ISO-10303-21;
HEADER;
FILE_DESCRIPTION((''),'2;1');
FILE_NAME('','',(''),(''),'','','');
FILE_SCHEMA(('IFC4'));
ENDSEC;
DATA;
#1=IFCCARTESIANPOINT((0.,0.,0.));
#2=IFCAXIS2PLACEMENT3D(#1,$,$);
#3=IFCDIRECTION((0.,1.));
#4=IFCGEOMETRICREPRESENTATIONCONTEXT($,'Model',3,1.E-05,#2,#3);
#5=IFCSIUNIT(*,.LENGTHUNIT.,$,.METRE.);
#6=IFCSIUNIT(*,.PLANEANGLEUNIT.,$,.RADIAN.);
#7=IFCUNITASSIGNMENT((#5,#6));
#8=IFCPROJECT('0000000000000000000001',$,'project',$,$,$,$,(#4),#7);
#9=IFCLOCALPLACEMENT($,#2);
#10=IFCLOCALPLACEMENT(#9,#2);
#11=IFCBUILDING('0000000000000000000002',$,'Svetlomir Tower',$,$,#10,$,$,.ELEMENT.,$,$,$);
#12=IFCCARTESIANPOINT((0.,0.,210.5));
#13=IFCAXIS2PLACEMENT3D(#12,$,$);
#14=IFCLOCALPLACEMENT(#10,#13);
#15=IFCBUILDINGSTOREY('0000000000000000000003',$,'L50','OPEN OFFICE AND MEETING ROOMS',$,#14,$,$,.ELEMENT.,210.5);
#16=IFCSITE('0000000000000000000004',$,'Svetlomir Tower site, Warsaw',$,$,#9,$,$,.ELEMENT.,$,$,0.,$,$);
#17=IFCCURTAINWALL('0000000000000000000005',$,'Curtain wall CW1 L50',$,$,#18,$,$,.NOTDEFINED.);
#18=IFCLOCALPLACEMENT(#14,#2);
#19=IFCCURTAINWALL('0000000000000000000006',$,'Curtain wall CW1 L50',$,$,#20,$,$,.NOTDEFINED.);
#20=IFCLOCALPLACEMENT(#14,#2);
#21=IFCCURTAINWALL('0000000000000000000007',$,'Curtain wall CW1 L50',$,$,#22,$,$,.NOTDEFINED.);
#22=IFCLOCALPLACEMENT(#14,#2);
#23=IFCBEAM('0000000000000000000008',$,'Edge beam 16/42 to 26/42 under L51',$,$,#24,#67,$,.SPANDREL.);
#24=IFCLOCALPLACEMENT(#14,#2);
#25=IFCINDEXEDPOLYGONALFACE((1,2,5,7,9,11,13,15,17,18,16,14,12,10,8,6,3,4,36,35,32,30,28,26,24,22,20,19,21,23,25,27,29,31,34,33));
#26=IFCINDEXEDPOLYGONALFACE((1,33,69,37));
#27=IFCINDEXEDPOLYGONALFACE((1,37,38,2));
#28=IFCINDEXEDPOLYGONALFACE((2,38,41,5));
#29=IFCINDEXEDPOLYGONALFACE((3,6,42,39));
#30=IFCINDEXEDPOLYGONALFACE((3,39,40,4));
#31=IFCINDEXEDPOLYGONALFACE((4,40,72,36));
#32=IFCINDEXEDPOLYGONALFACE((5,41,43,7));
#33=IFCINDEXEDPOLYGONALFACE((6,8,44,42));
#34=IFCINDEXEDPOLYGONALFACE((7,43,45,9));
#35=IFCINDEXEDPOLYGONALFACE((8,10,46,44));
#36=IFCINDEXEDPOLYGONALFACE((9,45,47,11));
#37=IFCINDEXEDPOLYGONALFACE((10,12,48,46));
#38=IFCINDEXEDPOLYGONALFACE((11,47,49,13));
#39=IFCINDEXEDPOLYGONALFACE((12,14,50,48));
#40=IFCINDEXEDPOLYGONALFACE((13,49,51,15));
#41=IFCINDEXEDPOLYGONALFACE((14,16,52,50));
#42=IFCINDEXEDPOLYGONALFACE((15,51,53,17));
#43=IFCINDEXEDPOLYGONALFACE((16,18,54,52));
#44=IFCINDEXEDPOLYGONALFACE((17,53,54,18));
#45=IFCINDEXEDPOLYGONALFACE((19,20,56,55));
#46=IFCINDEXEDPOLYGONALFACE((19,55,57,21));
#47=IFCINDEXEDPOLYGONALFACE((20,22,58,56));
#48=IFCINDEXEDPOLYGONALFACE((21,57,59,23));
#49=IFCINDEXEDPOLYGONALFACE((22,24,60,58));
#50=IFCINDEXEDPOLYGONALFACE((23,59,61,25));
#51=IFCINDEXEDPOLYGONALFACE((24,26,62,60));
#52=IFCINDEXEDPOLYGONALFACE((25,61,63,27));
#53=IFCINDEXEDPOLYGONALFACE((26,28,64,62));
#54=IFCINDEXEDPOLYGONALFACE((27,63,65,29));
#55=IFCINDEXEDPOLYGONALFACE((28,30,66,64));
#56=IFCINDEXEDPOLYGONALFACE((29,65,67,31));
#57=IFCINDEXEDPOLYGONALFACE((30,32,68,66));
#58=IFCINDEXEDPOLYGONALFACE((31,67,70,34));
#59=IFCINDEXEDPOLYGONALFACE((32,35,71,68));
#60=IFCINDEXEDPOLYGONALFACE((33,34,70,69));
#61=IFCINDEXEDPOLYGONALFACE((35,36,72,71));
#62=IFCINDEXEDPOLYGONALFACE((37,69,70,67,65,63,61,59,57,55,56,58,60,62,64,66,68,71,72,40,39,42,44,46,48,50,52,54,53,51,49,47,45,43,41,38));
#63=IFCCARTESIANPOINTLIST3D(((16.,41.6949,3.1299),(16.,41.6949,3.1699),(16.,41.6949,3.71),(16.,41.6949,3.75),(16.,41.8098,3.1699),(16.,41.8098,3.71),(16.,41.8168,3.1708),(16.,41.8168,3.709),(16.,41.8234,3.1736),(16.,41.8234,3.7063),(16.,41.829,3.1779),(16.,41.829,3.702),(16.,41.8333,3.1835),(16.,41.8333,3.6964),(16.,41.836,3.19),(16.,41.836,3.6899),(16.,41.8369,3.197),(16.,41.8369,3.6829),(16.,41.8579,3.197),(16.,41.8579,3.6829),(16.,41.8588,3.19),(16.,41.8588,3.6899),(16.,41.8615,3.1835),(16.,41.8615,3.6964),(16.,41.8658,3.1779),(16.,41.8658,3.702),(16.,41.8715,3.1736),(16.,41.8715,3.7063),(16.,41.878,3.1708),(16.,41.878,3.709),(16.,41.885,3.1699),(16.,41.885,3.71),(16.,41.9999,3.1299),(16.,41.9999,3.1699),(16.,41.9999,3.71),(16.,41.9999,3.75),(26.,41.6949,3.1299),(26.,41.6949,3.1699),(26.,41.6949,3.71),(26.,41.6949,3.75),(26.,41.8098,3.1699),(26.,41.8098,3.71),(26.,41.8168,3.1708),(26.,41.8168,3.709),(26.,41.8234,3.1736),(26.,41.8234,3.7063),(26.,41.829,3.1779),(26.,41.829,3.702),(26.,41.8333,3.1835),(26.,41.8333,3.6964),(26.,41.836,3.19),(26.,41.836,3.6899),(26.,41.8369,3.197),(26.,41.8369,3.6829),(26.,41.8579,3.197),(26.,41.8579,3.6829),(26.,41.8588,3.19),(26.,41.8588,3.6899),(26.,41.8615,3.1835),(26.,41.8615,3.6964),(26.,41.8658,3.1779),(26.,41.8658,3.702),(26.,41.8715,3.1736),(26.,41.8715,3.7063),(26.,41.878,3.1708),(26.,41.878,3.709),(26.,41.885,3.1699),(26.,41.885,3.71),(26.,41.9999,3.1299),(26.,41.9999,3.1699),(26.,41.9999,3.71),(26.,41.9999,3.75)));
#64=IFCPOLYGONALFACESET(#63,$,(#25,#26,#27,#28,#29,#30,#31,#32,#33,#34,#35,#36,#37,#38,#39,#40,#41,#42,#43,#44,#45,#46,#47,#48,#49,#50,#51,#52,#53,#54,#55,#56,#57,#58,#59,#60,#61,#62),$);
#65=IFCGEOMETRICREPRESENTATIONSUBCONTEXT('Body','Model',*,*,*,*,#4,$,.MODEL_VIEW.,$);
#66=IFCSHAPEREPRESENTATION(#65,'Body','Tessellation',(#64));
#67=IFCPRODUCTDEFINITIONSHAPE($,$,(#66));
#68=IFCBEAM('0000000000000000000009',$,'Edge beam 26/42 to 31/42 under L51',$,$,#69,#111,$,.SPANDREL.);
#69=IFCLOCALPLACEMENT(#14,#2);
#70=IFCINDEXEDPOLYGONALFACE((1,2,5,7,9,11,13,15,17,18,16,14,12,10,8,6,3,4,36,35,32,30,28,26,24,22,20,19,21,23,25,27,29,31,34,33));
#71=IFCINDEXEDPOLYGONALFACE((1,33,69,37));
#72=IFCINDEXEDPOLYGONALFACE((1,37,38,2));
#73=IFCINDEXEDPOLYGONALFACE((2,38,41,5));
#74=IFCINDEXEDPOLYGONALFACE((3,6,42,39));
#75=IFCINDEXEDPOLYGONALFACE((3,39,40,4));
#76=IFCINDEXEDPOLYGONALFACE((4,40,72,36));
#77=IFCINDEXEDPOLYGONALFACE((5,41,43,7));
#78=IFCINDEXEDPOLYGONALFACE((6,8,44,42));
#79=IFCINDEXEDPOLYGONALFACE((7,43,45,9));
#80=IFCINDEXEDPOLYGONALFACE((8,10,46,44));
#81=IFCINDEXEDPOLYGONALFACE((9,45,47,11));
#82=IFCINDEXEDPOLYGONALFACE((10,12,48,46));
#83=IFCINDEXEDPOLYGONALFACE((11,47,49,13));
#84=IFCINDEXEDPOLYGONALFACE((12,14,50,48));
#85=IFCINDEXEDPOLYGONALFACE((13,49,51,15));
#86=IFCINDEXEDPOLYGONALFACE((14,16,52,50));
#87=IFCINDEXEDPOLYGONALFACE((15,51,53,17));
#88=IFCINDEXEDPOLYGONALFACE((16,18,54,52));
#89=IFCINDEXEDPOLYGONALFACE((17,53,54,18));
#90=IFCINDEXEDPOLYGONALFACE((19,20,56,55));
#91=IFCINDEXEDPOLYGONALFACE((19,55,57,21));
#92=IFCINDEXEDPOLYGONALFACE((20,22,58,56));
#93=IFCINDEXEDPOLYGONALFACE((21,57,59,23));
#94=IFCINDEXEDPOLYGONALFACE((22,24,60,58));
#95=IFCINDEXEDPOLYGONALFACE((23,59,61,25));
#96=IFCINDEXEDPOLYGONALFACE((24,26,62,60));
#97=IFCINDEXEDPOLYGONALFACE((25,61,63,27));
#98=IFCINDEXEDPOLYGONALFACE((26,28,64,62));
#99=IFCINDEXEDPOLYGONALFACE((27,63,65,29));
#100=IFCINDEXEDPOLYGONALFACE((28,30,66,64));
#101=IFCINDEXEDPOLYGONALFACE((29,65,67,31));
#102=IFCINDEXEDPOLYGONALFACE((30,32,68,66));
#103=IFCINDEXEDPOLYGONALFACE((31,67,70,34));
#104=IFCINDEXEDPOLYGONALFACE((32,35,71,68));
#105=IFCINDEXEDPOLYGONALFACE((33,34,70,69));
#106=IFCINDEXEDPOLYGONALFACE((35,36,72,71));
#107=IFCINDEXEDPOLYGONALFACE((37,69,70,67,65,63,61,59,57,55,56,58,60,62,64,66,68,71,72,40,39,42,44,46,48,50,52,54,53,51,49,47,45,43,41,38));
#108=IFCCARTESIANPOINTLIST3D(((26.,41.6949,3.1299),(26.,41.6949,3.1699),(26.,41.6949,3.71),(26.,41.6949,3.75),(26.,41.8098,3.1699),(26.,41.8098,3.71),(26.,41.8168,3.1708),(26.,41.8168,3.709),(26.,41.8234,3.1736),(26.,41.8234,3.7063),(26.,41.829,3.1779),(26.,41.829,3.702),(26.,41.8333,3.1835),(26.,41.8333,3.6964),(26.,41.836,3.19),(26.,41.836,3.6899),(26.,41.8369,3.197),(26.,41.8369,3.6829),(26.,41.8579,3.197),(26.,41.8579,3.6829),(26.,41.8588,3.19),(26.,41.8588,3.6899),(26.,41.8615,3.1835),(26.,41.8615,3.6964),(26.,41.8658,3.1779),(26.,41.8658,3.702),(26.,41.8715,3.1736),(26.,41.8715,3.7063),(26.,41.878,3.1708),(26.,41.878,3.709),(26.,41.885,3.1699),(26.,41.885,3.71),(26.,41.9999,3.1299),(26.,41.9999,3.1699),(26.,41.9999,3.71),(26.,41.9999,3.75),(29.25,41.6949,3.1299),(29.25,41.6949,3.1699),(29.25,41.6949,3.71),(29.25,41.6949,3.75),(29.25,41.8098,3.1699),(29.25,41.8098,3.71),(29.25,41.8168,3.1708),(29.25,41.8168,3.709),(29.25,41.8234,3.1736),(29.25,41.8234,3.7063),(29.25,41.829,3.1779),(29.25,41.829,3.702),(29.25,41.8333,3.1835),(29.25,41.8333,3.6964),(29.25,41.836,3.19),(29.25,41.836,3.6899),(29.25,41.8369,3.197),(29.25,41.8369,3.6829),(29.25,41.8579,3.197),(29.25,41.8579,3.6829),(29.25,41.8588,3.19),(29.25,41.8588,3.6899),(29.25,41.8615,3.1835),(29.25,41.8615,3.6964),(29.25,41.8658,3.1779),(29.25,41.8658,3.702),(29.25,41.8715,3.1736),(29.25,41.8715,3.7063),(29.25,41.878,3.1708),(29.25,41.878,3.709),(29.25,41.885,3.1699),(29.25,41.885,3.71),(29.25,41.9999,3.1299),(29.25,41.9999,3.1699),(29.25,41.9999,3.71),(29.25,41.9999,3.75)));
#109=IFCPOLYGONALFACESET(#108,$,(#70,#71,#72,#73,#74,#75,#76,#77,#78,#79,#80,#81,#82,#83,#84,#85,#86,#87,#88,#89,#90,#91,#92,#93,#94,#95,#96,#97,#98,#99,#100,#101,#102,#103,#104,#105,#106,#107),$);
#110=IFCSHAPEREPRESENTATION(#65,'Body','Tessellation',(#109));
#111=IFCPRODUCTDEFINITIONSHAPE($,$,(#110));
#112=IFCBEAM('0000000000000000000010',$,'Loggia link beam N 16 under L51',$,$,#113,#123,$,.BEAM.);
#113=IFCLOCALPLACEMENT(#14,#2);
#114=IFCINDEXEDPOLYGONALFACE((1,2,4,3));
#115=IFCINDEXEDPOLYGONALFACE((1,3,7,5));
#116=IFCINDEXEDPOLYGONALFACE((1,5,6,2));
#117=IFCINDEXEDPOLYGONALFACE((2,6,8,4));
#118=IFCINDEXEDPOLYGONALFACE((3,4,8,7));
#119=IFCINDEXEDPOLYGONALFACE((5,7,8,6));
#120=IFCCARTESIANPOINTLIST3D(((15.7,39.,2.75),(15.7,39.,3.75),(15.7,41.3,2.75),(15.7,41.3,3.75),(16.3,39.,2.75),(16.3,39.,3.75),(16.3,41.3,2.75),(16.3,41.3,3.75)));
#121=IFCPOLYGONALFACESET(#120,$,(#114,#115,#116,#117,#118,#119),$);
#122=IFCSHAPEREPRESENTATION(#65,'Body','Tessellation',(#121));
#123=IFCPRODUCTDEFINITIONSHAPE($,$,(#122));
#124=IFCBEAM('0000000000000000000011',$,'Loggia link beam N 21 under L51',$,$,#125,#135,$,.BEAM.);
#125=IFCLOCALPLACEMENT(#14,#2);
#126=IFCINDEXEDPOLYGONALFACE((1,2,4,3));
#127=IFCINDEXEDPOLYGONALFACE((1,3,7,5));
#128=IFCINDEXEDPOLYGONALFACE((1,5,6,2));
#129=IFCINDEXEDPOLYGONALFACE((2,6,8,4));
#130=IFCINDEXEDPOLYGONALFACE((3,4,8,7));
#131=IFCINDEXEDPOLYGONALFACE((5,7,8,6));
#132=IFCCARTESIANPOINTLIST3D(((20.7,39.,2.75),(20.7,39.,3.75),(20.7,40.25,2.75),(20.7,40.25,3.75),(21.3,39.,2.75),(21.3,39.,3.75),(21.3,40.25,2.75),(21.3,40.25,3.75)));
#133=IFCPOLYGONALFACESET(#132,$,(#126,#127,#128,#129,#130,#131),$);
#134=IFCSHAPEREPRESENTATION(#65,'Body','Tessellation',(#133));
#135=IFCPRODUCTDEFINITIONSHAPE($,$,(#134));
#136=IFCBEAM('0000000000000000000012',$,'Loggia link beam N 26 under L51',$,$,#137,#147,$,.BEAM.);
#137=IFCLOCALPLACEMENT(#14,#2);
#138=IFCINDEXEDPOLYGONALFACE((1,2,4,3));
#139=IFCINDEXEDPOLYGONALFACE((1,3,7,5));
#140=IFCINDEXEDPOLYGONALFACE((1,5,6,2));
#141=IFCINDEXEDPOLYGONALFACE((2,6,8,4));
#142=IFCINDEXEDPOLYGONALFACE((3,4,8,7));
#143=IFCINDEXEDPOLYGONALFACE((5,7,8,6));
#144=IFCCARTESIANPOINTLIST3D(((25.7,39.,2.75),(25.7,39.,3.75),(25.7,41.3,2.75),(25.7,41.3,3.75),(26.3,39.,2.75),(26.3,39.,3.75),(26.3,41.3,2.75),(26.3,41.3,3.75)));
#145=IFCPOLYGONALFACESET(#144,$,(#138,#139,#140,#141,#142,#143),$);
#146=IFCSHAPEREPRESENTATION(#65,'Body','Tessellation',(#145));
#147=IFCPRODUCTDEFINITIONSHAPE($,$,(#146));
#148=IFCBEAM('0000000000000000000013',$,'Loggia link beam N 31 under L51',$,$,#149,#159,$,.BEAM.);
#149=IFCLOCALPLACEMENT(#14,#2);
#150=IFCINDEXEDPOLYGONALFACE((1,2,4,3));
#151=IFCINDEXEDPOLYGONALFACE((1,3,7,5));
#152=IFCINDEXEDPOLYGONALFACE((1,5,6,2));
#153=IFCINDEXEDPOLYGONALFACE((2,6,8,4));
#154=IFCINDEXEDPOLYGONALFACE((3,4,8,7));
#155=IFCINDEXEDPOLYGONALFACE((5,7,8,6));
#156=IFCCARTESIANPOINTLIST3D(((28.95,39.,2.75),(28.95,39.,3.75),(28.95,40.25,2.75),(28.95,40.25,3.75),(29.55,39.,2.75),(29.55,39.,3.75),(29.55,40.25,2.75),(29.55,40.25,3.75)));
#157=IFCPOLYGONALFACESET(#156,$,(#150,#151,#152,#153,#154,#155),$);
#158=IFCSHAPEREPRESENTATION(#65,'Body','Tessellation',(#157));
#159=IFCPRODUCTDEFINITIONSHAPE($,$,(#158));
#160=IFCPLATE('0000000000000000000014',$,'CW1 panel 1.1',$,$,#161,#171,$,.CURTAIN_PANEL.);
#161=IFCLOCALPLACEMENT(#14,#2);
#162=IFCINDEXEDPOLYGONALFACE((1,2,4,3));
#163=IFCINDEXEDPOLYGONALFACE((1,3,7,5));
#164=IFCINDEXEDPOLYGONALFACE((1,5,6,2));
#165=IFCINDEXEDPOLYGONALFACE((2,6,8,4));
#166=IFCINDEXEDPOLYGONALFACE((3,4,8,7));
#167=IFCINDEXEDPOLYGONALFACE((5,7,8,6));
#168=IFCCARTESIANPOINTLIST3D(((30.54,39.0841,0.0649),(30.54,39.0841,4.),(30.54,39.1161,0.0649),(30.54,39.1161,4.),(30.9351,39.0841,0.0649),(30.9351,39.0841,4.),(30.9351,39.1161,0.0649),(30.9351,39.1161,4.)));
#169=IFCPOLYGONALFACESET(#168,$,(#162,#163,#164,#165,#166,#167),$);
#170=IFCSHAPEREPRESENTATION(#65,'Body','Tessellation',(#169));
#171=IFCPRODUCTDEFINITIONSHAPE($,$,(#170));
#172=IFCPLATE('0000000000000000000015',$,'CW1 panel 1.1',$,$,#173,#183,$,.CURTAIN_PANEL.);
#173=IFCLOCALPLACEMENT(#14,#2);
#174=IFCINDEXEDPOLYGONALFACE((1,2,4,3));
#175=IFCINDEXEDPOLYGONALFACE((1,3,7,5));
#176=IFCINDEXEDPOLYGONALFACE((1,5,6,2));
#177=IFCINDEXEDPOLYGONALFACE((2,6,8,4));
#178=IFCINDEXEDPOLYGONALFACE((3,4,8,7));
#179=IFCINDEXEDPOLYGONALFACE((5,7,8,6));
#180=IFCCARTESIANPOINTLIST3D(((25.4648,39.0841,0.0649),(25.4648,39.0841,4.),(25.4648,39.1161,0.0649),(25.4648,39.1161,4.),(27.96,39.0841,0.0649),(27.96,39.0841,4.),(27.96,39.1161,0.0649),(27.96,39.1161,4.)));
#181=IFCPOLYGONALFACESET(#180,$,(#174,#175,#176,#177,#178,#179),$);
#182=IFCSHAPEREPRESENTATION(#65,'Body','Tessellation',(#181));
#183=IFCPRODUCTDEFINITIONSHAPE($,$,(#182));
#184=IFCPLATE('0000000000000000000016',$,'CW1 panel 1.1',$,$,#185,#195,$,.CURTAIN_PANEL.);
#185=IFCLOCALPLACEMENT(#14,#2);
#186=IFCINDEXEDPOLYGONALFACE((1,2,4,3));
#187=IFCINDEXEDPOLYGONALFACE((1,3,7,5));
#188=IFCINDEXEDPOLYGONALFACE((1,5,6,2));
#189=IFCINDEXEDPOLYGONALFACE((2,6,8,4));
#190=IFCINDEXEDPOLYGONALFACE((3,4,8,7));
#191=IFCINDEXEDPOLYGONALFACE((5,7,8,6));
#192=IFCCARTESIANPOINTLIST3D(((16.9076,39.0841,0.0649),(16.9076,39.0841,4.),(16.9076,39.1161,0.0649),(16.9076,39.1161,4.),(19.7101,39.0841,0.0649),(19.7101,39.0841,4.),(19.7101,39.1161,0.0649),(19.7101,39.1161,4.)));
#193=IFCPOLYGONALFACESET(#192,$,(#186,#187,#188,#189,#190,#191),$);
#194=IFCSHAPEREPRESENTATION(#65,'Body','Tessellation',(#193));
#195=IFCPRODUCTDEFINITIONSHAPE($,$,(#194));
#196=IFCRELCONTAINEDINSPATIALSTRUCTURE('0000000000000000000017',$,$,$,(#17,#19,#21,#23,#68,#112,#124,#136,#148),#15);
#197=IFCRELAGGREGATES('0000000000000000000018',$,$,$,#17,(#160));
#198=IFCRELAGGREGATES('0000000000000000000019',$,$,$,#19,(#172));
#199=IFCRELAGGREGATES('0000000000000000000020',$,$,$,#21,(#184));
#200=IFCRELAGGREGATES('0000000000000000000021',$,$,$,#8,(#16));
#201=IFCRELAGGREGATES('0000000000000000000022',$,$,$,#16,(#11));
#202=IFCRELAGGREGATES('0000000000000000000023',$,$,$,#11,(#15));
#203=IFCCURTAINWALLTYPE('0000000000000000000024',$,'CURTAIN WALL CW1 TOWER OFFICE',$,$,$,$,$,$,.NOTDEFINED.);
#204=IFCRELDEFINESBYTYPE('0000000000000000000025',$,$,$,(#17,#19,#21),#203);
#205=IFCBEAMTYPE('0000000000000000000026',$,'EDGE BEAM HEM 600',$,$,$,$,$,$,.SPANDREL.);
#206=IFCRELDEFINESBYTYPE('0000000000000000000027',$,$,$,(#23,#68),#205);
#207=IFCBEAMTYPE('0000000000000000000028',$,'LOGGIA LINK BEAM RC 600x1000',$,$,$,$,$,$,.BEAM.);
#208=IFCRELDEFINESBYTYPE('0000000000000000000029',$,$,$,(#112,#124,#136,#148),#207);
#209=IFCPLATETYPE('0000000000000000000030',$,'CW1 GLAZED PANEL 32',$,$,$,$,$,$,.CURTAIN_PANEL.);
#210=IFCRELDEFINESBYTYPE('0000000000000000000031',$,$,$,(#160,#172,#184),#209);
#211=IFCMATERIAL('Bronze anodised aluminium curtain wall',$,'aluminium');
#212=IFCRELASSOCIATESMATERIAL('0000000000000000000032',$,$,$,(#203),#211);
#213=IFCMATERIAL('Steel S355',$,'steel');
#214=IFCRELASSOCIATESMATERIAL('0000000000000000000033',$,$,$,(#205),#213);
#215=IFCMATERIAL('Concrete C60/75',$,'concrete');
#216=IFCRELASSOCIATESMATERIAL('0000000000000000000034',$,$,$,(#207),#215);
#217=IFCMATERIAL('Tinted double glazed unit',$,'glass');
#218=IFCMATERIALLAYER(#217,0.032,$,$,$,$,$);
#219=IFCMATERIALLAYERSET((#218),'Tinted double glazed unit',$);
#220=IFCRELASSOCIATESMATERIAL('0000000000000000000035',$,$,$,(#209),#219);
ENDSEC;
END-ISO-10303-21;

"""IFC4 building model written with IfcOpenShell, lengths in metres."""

from ifc_helpers import new_model, si_unit, direction, frame, origin, origin_2d, place, context, subcontext, project, spatial, rectangle, i_section, extrude, material, layer, layer_set, material_profile, profile_set, type_object, element, aggregate, save


model = new_model("IFC4")

# Units and contexts
model_context = context("Model", 3, precision=1e-05, world=origin(), true_north=direction((0.0, 1.0)))
body_context = subcontext(model_context, "Body", "Model", "MODEL_VIEW")
ifc_project = project(units=[si_unit("LENGTHUNIT", "METRE"), si_unit("PLANEANGLEUNIT", "RADIAN")], contexts=[model_context])

# Site, building, storey
site_placement = place(None, origin())
site = spatial("IfcSite", under=ifc_project, at=site_placement, Name="Svetlomir Tower site, Warsaw", CompositionType="ELEMENT", RefElevation=0.0)
building_placement = place(site_placement, origin())
building = spatial("IfcBuilding", under=site, at=building_placement, Name="Svetlomir Tower", CompositionType="ELEMENT")
storey_placement = place(building_placement, frame((0.0, 0.0, 210.5)))
storey = spatial("IfcBuildingStorey", under=building, at=storey_placement, Name="L50", Description="OPEN OFFICE AND MEETING ROOMS", CompositionType="ELEMENT", Elevation=210.5)

# Curtain wall
ifc_material_1 = material(Name="Bronze anodised aluminium curtain wall", Category="aluminium")
curtain_wall_type = type_object("IfcCurtainWallType", Name="CURTAIN WALL CW1 TOWER OFFICE", PredefinedType="NOTDEFINED", material=ifc_material_1)
curtain_wall_1_placement = place(storey_placement, origin())
curtain_wall_1 = element("IfcCurtainWall", 1, at=curtain_wall_1_placement, inside=storey, type_object=curtain_wall_type, Name="Curtain wall CW1 L50", PredefinedType="NOTDEFINED")

# Curtain walls
curtain_wall_2_placement = place(storey_placement, origin())
curtain_wall_2 = element("IfcCurtainWall", 2, at=curtain_wall_2_placement, inside=storey, type_object=curtain_wall_type, Name="Curtain wall CW1 L50", PredefinedType="NOTDEFINED")
curtain_wall_3_placement = place(storey_placement, origin())
curtain_wall_3 = element("IfcCurtainWall", 3, at=curtain_wall_3_placement, inside=storey, type_object=curtain_wall_type, Name="Curtain wall CW1 L50", PredefinedType="NOTDEFINED")

# Beams
ifc_material_2 = material(Name="Steel S355", Category="steel")
ifc_material_profile_1 = material_profile(ifc_material_2, i_section(OverallWidth=0.3049, OverallDepth=0.6201, WebThickness=0.021, FlangeThickness=0.04, FilletRadius=0.0271, at=origin_2d()), Name="HEM 600")
ifc_profile_set_1 = profile_set([ifc_material_profile_1], Name="Steel S355")
beam_type_1 = type_object("IfcBeamType", Name="EDGE BEAM HEM 600", PredefinedType="SPANDREL", material=ifc_profile_set_1)
beam_1_placement = place(storey_placement, frame((16.0, 41.8474, 3.4399), z_axis=(1.0, 0.0, 0.0), x_axis=(0.0, 1.0, 0.0)))
element("IfcBeam", 4, at=beam_1_placement, inside=storey, type_object=beam_type_1, Name="Edge beam 16/42 to 26/42 under L51", PredefinedType="SPANDREL", context=body_context, shape_type="SweptSolid", body=[
    extrude(i_section(OverallWidth=0.3049, OverallDepth=0.6201, WebThickness=0.021, FlangeThickness=0.04, FilletRadius=0.0271, at=origin_2d()), origin(), (0.0, 0.0, 1.0), 10.0),
])
beam_2_placement = place(storey_placement, frame((26.0, 41.8474, 3.4399), z_axis=(1.0, 0.0, 0.0), x_axis=(0.0, 1.0, 0.0)))
element("IfcBeam", 5, at=beam_2_placement, inside=storey, type_object=beam_type_1, Name="Edge beam 26/42 to 31/42 under L51", PredefinedType="SPANDREL", context=body_context, shape_type="SweptSolid", body=[
    extrude(i_section(OverallWidth=0.3049, OverallDepth=0.6201, WebThickness=0.021, FlangeThickness=0.04, FilletRadius=0.0271, at=origin_2d()), origin(), (0.0, 0.0, 1.0), 3.25),
])
ifc_material_3 = material(Name="Concrete C60/75", Category="concrete")
ifc_material_profile_2 = material_profile(ifc_material_3, rectangle(XDim=0.6001, YDim=1.0, at=origin_2d()), Name="RC 600x1000")
ifc_profile_set_2 = profile_set([ifc_material_profile_2], Name="Concrete C60/75")
beam_type_2 = type_object("IfcBeamType", Name="LOGGIA LINK BEAM RC 600x1000", PredefinedType="BEAM", material=ifc_profile_set_2)
beam_3_placement = place(storey_placement, frame((16.0, 41.3, 3.25), z_axis=(0.0, -1.0, 0.0), x_axis=(1.0, 0.0, 0.0)))
element("IfcBeam", 6, at=beam_3_placement, inside=storey, type_object=beam_type_2, Name="Loggia link beam N 16 under L51", PredefinedType="BEAM", context=body_context, shape_type="SweptSolid", body=[
    extrude(rectangle(XDim=0.6001, YDim=1.0, at=origin_2d()), origin(), (0.0, 0.0, 1.0), 2.3),
])
beam_4_placement = place(storey_placement, frame((21.0, 40.25, 3.25), z_axis=(0.0, -1.0, 0.0), x_axis=(1.0, 0.0, 0.0)))
element("IfcBeam", 7, at=beam_4_placement, inside=storey, type_object=beam_type_2, Name="Loggia link beam N 21 under L51", PredefinedType="BEAM", context=body_context, shape_type="SweptSolid", body=[
    extrude(rectangle(XDim=0.6001, YDim=1.0, at=origin_2d()), origin(), (0.0, 0.0, 1.0), 1.25),
])
beam_5_placement = place(storey_placement, frame((26.0, 41.3, 3.25), z_axis=(0.0, -1.0, 0.0), x_axis=(1.0, 0.0, 0.0)))
element("IfcBeam", 8, at=beam_5_placement, inside=storey, type_object=beam_type_2, Name="Loggia link beam N 26 under L51", PredefinedType="BEAM", context=body_context, shape_type="SweptSolid", body=[
    extrude(rectangle(XDim=0.6001, YDim=1.0, at=origin_2d()), origin(), (0.0, 0.0, 1.0), 2.3),
])
beam_6_placement = place(storey_placement, frame((29.25, 40.25, 3.25), z_axis=(0.0, -1.0, 0.0), x_axis=(1.0, 0.0, 0.0)))
element("IfcBeam", 9, at=beam_6_placement, inside=storey, type_object=beam_type_2, Name="Loggia link beam N 31 under L51", PredefinedType="BEAM", context=body_context, shape_type="SweptSolid", body=[
    extrude(rectangle(XDim=0.6001, YDim=1.0, at=origin_2d()), origin(), (0.0, 0.0, 1.0), 1.25),
])

# Plates
ifc_material_4 = material(Name="Tinted double glazed unit", Category="glass")
ifc_layer_1 = layer(ifc_material_4, 0.032)
ifc_layer_set_1 = layer_set([ifc_layer_1], Name="Tinted double glazed unit")
plate_type = type_object("IfcPlateType", Name="CW1 GLAZED PANEL 32", PredefinedType="CURTAIN_PANEL", material=ifc_layer_set_1)
plate_1_placement = place(storey_placement, frame((30.7375, 39.1001, 0.0649), z_axis=(0.0, 0.0, 1.0), x_axis=(-1.0, 0.0, 0.0)))
plate_1 = element("IfcPlate", 10, at=plate_1_placement, type_object=plate_type, Name="CW1 panel 1.1", PredefinedType="CURTAIN_PANEL", context=body_context, shape_type="SweptSolid", body=[
    extrude(rectangle(XDim=0.395, YDim=0.032, at=origin_2d()), origin(), (0.0, 0.0, 1.0), 3.9351),
])
aggregate(curtain_wall_1, [plate_1])
plate_2_placement = place(storey_placement, frame((26.7124, 39.1001, 0.0649), z_axis=(0.0, 0.0, 1.0), x_axis=(-1.0, 0.0, 0.0)))
plate_2 = element("IfcPlate", 11, at=plate_2_placement, type_object=plate_type, Name="CW1 panel 1.1", PredefinedType="CURTAIN_PANEL", context=body_context, shape_type="SweptSolid", body=[
    extrude(rectangle(XDim=2.4951, YDim=0.032, at=origin_2d()), origin(), (0.0, 0.0, 1.0), 3.9351),
])
aggregate(curtain_wall_2, [plate_2])
plate_3_placement = place(storey_placement, frame((18.3088, 39.1001, 0.0649), z_axis=(0.0, 0.0, 1.0), x_axis=(-1.0, 0.0, 0.0)))
plate_3 = element("IfcPlate", 12, at=plate_3_placement, type_object=plate_type, Name="CW1 panel 1.1", PredefinedType="CURTAIN_PANEL", context=body_context, shape_type="SweptSolid", body=[
    extrude(rectangle(XDim=2.8025, YDim=0.032, at=origin_2d()), origin(), (0.0, 0.0, 1.0), 3.9351),
])
aggregate(curtain_wall_3, [plate_3])

save(model, "model.ifc")
